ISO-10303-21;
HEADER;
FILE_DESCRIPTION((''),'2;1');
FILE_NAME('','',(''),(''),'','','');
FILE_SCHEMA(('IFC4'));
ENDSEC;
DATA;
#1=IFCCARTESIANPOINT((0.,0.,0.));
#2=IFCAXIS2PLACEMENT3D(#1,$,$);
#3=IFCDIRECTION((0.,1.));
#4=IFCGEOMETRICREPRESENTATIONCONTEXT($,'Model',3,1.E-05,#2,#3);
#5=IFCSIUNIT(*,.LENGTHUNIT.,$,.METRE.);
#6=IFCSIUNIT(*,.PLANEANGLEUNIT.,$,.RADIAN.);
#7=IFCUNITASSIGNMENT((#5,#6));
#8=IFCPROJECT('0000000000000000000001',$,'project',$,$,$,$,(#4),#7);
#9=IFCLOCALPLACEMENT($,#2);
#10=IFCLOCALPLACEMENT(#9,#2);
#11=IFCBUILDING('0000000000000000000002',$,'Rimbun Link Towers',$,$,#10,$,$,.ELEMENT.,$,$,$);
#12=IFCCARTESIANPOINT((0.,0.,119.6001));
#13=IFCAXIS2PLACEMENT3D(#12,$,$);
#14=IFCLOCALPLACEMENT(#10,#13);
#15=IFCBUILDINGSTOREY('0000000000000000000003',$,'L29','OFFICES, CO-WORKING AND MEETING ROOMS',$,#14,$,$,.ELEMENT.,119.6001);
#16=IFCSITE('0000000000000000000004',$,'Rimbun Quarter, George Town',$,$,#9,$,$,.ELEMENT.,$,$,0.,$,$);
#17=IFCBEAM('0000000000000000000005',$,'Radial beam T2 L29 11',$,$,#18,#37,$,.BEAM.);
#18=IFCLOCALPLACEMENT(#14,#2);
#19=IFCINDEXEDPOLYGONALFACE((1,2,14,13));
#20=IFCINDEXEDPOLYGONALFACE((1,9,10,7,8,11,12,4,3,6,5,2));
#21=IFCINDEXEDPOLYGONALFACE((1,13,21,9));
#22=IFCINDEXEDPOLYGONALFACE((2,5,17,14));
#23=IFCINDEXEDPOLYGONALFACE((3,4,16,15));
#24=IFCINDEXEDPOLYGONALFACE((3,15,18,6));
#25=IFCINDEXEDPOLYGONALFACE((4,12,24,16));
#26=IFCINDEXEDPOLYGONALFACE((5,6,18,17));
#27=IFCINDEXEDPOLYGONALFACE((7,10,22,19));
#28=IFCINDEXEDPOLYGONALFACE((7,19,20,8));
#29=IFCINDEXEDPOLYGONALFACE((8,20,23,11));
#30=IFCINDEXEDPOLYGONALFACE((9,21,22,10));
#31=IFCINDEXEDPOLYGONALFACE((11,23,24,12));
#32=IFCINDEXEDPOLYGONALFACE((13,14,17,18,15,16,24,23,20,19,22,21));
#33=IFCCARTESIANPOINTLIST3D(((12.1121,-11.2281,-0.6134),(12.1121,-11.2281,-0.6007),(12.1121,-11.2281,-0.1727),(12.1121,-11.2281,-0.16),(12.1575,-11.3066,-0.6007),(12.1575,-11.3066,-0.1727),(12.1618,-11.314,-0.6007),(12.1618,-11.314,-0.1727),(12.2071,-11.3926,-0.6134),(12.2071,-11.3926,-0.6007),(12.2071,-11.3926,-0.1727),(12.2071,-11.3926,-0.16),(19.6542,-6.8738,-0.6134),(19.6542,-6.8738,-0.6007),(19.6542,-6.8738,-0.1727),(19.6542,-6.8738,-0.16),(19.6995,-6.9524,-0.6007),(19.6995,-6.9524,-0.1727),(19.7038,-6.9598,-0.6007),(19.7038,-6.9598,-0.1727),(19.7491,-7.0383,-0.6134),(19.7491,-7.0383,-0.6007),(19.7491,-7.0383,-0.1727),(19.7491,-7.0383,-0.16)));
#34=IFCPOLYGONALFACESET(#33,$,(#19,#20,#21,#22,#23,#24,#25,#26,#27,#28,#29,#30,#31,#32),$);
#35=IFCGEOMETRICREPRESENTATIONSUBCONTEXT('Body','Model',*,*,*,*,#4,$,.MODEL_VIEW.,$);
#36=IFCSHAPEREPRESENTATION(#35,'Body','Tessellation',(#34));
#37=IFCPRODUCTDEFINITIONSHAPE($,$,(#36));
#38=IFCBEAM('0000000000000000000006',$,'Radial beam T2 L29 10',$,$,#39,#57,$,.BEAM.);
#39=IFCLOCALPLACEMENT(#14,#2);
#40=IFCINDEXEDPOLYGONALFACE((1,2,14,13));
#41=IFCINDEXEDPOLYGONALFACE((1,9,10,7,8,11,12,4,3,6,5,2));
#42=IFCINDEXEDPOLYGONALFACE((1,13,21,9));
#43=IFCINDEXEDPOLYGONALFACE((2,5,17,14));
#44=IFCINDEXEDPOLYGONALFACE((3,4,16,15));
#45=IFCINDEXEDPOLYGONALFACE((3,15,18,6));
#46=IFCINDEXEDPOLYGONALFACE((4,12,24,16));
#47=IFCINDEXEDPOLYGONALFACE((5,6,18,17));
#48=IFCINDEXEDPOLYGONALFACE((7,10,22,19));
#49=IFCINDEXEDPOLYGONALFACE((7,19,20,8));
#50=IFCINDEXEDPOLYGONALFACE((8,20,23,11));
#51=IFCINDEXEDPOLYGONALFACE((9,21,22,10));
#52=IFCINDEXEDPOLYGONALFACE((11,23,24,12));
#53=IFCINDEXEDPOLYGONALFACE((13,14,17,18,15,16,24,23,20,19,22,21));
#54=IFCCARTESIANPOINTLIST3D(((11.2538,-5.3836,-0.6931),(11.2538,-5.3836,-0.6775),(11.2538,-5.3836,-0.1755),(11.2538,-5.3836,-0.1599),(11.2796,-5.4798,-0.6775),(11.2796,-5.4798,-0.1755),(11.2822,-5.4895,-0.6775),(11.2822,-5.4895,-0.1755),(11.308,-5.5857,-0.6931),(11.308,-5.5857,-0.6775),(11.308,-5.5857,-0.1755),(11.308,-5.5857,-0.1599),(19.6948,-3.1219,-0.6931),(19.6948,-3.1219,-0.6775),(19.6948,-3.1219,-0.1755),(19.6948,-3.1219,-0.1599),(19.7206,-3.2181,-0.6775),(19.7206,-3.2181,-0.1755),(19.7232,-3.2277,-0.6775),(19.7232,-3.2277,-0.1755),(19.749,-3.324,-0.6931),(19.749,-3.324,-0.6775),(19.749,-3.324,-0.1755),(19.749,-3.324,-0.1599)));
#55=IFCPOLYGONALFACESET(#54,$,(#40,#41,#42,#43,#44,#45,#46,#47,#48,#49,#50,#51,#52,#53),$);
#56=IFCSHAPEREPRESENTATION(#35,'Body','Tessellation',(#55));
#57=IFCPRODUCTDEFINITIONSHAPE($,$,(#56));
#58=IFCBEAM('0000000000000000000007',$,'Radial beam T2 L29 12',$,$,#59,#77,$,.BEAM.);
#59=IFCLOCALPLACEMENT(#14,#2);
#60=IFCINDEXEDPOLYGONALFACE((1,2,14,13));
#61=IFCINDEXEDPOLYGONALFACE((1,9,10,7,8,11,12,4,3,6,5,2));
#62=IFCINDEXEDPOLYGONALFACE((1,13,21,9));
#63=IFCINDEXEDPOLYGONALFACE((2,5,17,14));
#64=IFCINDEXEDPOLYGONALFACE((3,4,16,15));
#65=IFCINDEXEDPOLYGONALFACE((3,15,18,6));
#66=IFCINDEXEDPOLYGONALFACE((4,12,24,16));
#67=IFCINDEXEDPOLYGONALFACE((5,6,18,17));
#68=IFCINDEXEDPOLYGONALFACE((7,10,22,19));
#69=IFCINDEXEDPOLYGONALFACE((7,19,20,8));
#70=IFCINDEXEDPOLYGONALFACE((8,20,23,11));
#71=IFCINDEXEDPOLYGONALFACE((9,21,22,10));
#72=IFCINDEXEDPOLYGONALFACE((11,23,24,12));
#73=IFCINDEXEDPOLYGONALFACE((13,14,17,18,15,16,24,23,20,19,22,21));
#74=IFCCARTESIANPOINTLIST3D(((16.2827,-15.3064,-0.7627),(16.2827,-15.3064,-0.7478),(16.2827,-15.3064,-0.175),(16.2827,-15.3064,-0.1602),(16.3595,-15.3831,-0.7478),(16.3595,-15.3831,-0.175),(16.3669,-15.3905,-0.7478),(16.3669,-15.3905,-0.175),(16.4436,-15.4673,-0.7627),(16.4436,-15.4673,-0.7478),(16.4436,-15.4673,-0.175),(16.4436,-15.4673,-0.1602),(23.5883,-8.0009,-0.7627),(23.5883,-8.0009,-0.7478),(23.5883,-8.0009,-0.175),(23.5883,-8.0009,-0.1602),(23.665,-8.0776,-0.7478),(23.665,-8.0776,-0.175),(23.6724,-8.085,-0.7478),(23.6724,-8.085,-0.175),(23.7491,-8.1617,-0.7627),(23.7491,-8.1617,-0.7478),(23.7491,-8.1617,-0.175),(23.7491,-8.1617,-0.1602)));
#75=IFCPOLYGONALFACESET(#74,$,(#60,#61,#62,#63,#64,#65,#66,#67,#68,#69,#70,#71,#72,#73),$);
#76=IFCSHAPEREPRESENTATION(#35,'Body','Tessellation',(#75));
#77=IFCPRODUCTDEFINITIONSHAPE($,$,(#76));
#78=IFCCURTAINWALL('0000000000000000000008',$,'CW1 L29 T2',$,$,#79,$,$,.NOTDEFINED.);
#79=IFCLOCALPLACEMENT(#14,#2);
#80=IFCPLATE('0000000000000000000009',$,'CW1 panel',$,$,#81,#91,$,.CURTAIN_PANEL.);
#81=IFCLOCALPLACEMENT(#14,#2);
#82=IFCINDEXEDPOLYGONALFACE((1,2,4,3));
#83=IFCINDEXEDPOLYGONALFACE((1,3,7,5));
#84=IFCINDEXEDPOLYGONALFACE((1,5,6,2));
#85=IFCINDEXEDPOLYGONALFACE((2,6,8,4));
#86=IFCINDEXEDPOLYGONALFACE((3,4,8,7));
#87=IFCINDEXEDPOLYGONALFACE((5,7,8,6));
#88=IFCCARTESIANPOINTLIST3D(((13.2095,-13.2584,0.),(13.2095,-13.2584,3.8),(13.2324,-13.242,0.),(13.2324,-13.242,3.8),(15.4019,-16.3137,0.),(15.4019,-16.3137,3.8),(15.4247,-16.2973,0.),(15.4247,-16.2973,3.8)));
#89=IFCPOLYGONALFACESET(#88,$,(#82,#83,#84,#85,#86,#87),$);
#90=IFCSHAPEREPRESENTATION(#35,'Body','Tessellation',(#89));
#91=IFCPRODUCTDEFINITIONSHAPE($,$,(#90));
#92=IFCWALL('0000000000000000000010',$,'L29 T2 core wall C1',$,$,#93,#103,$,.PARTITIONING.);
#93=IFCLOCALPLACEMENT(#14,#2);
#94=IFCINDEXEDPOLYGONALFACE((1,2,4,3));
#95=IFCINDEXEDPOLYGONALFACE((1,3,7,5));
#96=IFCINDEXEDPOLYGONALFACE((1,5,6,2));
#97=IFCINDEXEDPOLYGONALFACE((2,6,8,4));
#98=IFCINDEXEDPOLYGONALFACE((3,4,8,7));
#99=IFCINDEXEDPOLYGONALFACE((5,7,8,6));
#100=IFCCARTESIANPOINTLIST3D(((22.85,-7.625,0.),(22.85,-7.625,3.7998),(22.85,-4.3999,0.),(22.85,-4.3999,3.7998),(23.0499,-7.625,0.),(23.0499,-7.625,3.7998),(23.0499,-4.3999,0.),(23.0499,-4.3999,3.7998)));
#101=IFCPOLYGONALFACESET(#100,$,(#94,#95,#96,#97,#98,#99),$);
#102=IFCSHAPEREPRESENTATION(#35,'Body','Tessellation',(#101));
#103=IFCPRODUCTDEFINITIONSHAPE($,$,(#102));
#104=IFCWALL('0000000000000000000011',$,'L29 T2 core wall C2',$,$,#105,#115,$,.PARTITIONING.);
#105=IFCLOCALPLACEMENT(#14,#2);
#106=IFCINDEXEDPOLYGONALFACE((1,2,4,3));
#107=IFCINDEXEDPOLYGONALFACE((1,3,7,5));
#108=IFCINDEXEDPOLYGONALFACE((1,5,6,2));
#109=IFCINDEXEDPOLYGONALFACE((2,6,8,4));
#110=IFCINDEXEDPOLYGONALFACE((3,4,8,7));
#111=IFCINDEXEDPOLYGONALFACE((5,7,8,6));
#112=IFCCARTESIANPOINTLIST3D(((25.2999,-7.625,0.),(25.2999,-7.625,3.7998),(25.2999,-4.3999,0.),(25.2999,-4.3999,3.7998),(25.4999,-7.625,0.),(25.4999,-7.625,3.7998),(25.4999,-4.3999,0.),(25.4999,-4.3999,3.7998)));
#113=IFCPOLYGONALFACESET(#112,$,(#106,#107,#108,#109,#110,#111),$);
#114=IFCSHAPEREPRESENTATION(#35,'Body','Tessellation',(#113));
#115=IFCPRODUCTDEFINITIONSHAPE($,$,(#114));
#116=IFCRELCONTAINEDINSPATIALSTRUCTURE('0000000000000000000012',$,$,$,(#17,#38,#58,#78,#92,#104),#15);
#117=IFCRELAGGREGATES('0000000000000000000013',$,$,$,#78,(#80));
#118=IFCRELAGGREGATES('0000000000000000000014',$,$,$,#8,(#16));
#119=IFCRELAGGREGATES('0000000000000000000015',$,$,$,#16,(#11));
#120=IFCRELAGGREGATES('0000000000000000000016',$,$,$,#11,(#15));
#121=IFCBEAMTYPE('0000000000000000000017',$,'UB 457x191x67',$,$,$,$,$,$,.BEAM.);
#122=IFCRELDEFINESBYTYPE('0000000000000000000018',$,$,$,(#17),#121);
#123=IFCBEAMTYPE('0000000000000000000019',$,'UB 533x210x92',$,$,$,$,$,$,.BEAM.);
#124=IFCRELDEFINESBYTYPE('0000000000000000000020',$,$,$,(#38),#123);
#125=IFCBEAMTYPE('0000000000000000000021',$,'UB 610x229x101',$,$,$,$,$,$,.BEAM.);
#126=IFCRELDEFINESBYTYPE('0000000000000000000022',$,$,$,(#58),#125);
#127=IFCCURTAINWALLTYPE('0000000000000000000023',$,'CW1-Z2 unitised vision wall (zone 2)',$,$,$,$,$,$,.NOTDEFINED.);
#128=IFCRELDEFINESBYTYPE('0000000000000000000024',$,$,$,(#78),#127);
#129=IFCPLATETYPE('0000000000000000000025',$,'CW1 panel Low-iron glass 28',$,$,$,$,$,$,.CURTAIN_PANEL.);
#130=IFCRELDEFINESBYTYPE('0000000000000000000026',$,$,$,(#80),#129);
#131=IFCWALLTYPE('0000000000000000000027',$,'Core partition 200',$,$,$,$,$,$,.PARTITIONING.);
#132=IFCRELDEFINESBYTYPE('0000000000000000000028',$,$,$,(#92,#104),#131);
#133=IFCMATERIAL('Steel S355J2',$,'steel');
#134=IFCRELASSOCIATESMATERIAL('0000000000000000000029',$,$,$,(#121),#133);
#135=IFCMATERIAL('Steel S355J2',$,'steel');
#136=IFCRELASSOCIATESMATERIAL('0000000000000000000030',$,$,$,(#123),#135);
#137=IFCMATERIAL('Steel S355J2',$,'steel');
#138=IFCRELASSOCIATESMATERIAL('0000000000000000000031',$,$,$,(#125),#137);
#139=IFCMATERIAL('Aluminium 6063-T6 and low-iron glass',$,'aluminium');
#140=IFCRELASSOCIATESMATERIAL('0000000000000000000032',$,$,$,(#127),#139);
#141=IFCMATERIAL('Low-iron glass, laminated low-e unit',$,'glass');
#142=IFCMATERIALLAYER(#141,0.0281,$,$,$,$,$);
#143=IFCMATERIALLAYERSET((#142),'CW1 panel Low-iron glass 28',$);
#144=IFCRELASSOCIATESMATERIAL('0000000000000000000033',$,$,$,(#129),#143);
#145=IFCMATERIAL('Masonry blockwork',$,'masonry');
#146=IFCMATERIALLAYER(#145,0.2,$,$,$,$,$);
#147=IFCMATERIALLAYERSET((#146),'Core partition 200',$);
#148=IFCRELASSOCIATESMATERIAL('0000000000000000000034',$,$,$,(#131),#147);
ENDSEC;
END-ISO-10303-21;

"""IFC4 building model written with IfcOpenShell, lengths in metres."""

from ifc_helpers import new_model, si_unit, direction, frame, frame_2d, origin, origin_2d, place, context, subcontext, project, spatial, rectangle, i_section, extrude, material, layer, layer_set, material_profile, profile_set, type_object, element, aggregate, save


model = new_model("IFC4")

# Units and contexts
model_context = context("Model", 3, precision=1e-05, world=origin(), true_north=direction((0.0, 1.0)))
body_context = subcontext(model_context, "Body", "Model", "MODEL_VIEW")
ifc_project = project(units=[si_unit("LENGTHUNIT", "METRE"), si_unit("PLANEANGLEUNIT", "RADIAN")], contexts=[model_context])

# Site, building, storey
site_placement = place(None, origin())
site = spatial("IfcSite", under=ifc_project, at=site_placement, Name="Rimbun Quarter, George Town", CompositionType="ELEMENT", RefElevation=0.0)
building_placement = place(site_placement, origin())
building = spatial("IfcBuilding", under=site, at=building_placement, Name="Rimbun Link Towers", CompositionType="ELEMENT")
storey_placement = place(building_placement, frame((0.0, 0.0, 119.6001)))
storey = spatial("IfcBuildingStorey", under=building, at=storey_placement, Name="L29", Description="OFFICES, CO-WORKING AND MEETING ROOMS", CompositionType="ELEMENT", Elevation=119.6001)

# Beams
ifc_material_1 = material(Name="Steel S355J2", Category="steel")
ifc_material_profile_1 = material_profile(ifc_material_1, i_section(OverallWidth=0.1899, OverallDepth=0.4534, WebThickness=0.0085, FlangeThickness=0.0127, at=origin_2d()), Name="UB 457x191x67")
ifc_profile_set_1 = profile_set([ifc_material_profile_1], Name="Steel S355J2")
beam_type_1 = type_object("IfcBeamType", Name="UB 457x191x67", PredefinedType="BEAM", material=ifc_profile_set_1)
beam_1_placement = place(storey_placement, frame((19.7017, -6.9561, -0.3867), z_axis=(-0.866032, -0.499989, 0.0), x_axis=(0.499989, -0.866032, 0.0)))
element("IfcBeam", 1, at=beam_1_placement, inside=storey, type_object=beam_type_1, Name="Radial beam T2 L29 11", PredefinedType="BEAM", context=body_context, shape_type="SweptSolid", body=[
    extrude(i_section(OverallWidth=0.1899, OverallDepth=0.4534, WebThickness=0.0085, FlangeThickness=0.0127, at=origin_2d()), origin(), (0.0, 0.0, 1.0), 8.7087),
])
ifc_material_2 = material(Name="Steel S355J2", Category="steel")
ifc_material_profile_2 = material_profile(ifc_material_2, i_section(OverallWidth=0.2092, OverallDepth=0.5332, WebThickness=0.01, FlangeThickness=0.0156, at=origin_2d()), Name="UB 533x210x92")
ifc_profile_set_2 = profile_set([ifc_material_profile_2], Name="Steel S355J2")
beam_type_2 = type_object("IfcBeamType", Name="UB 533x210x92", PredefinedType="BEAM", material=ifc_profile_set_2)
beam_2_placement = place(storey_placement, frame((19.7219, -3.2229, -0.4265), z_axis=(-0.965926, -0.258817, 0.0), x_axis=(0.258817, -0.965926, 0.0)))
element("IfcBeam", 2, at=beam_2_placement, inside=storey, type_object=beam_type_2, Name="Radial beam T2 L29 10", PredefinedType="BEAM", context=body_context, shape_type="SweptSolid", body=[
    extrude(i_section(OverallWidth=0.2092, OverallDepth=0.5332, WebThickness=0.01, FlangeThickness=0.0156, at=origin_2d()), origin(), (0.0, 0.0, 1.0), 8.7388),
])
ifc_material_3 = material(Name="Steel S355J2", Category="steel")
ifc_material_profile_3 = material_profile(ifc_material_3, i_section(OverallWidth=0.2275, OverallDepth=0.6025, WebThickness=0.0105, FlangeThickness=0.0149, at=origin_2d()), Name="UB 610x229x101")
ifc_profile_set_3 = profile_set([ifc_material_profile_3], Name="Steel S355J2")
beam_type_3 = type_object("IfcBeamType", Name="UB 610x229x101", PredefinedType="BEAM", material=ifc_profile_set_3)
beam_3_placement = place(storey_placement, frame((23.6687, -8.0813, -0.4614), z_axis=(-0.707107, -0.707107, 0.0), x_axis=(0.707107, -0.707107, 0.0)))
element("IfcBeam", 3, at=beam_3_placement, inside=storey, type_object=beam_type_3, Name="Radial beam T2 L29 12", PredefinedType="BEAM", context=body_context, shape_type="SweptSolid", body=[
    extrude(i_section(OverallWidth=0.2275, OverallDepth=0.6025, WebThickness=0.0105, FlangeThickness=0.0149, at=origin_2d()), origin(), (0.0, 0.0, 1.0), 10.3315),
])

# Curtain wall, plate
ifc_material_4 = material(Name="Aluminium 6063-T6 and low-iron glass", Category="aluminium")
curtain_wall_type = type_object("IfcCurtainWallType", Name="CW1-Z2 unitised vision wall (zone 2)", PredefinedType="NOTDEFINED", material=ifc_material_4)
curtain_wall_placement = place(storey_placement, origin())
curtain_wall = element("IfcCurtainWall", 4, at=curtain_wall_placement, inside=storey, type_object=curtain_wall_type, Name="CW1 L29 T2", PredefinedType="NOTDEFINED")
ifc_material_5 = material(Name="Low-iron glass, laminated low-e unit", Category="glass")
ifc_layer_1 = layer(ifc_material_5, 0.0281)
ifc_layer_set_1 = layer_set([ifc_layer_1], Name="CW1 panel Low-iron glass 28")
plate_type = type_object("IfcPlateType", Name="CW1 panel Low-iron glass 28", PredefinedType="CURTAIN_PANEL", material=ifc_layer_set_1)
plate_placement = place(storey_placement, frame((14.3171, -14.7778, 0.0), z_axis=(0.0, 0.0, 1.0), x_axis=(-0.583004, 0.812469, 0.0)))
plate = element("IfcPlate", 5, at=plate_placement, type_object=plate_type, Name="CW1 panel", PredefinedType="CURTAIN_PANEL", context=body_context, shape_type="SweptSolid", body=[
    extrude(rectangle(XDim=3.7605, YDim=0.0281, at=origin_2d()), origin(), (0.0, 0.0, 1.0), 3.8),
])
aggregate(curtain_wall, [plate])

# Walls
ifc_material_6 = material(Name="Masonry blockwork", Category="masonry")
ifc_layer_2 = layer(ifc_material_6, 0.2)
ifc_layer_set_2 = layer_set([ifc_layer_2], Name="Core partition 200")
wall_type_1 = type_object("IfcWallType", Name="Core partition 200", PredefinedType="PARTITIONING", material=ifc_layer_set_2)
for number, where, z_axis, x_axis, name in (
    (6, (22.95, -4.3999, 0.0), (0.0, 0.0, 1.0), (0.0, -1.0, 0.0), "L29 T2 core wall C1"),
    (7, (25.3999, -4.3999, 0.0), (0.0, 0.0, 1.0), (0.0, -1.0, 0.0), "L29 T2 core wall C2"),
):
    element("IfcWall", number, at=place(storey_placement, frame(where, z_axis=z_axis, x_axis=x_axis)), inside=storey, type_object=wall_type_1, Name=name, PredefinedType="PARTITIONING", context=body_context, shape_type="SweptSolid", body=[
        extrude(rectangle(XDim=3.2251, YDim=0.2, at=frame_2d((1.6125, 0.0))), origin(), (0.0, 0.0, 1.0), 3.7998),
    ])

save(model, "model.ifc")
